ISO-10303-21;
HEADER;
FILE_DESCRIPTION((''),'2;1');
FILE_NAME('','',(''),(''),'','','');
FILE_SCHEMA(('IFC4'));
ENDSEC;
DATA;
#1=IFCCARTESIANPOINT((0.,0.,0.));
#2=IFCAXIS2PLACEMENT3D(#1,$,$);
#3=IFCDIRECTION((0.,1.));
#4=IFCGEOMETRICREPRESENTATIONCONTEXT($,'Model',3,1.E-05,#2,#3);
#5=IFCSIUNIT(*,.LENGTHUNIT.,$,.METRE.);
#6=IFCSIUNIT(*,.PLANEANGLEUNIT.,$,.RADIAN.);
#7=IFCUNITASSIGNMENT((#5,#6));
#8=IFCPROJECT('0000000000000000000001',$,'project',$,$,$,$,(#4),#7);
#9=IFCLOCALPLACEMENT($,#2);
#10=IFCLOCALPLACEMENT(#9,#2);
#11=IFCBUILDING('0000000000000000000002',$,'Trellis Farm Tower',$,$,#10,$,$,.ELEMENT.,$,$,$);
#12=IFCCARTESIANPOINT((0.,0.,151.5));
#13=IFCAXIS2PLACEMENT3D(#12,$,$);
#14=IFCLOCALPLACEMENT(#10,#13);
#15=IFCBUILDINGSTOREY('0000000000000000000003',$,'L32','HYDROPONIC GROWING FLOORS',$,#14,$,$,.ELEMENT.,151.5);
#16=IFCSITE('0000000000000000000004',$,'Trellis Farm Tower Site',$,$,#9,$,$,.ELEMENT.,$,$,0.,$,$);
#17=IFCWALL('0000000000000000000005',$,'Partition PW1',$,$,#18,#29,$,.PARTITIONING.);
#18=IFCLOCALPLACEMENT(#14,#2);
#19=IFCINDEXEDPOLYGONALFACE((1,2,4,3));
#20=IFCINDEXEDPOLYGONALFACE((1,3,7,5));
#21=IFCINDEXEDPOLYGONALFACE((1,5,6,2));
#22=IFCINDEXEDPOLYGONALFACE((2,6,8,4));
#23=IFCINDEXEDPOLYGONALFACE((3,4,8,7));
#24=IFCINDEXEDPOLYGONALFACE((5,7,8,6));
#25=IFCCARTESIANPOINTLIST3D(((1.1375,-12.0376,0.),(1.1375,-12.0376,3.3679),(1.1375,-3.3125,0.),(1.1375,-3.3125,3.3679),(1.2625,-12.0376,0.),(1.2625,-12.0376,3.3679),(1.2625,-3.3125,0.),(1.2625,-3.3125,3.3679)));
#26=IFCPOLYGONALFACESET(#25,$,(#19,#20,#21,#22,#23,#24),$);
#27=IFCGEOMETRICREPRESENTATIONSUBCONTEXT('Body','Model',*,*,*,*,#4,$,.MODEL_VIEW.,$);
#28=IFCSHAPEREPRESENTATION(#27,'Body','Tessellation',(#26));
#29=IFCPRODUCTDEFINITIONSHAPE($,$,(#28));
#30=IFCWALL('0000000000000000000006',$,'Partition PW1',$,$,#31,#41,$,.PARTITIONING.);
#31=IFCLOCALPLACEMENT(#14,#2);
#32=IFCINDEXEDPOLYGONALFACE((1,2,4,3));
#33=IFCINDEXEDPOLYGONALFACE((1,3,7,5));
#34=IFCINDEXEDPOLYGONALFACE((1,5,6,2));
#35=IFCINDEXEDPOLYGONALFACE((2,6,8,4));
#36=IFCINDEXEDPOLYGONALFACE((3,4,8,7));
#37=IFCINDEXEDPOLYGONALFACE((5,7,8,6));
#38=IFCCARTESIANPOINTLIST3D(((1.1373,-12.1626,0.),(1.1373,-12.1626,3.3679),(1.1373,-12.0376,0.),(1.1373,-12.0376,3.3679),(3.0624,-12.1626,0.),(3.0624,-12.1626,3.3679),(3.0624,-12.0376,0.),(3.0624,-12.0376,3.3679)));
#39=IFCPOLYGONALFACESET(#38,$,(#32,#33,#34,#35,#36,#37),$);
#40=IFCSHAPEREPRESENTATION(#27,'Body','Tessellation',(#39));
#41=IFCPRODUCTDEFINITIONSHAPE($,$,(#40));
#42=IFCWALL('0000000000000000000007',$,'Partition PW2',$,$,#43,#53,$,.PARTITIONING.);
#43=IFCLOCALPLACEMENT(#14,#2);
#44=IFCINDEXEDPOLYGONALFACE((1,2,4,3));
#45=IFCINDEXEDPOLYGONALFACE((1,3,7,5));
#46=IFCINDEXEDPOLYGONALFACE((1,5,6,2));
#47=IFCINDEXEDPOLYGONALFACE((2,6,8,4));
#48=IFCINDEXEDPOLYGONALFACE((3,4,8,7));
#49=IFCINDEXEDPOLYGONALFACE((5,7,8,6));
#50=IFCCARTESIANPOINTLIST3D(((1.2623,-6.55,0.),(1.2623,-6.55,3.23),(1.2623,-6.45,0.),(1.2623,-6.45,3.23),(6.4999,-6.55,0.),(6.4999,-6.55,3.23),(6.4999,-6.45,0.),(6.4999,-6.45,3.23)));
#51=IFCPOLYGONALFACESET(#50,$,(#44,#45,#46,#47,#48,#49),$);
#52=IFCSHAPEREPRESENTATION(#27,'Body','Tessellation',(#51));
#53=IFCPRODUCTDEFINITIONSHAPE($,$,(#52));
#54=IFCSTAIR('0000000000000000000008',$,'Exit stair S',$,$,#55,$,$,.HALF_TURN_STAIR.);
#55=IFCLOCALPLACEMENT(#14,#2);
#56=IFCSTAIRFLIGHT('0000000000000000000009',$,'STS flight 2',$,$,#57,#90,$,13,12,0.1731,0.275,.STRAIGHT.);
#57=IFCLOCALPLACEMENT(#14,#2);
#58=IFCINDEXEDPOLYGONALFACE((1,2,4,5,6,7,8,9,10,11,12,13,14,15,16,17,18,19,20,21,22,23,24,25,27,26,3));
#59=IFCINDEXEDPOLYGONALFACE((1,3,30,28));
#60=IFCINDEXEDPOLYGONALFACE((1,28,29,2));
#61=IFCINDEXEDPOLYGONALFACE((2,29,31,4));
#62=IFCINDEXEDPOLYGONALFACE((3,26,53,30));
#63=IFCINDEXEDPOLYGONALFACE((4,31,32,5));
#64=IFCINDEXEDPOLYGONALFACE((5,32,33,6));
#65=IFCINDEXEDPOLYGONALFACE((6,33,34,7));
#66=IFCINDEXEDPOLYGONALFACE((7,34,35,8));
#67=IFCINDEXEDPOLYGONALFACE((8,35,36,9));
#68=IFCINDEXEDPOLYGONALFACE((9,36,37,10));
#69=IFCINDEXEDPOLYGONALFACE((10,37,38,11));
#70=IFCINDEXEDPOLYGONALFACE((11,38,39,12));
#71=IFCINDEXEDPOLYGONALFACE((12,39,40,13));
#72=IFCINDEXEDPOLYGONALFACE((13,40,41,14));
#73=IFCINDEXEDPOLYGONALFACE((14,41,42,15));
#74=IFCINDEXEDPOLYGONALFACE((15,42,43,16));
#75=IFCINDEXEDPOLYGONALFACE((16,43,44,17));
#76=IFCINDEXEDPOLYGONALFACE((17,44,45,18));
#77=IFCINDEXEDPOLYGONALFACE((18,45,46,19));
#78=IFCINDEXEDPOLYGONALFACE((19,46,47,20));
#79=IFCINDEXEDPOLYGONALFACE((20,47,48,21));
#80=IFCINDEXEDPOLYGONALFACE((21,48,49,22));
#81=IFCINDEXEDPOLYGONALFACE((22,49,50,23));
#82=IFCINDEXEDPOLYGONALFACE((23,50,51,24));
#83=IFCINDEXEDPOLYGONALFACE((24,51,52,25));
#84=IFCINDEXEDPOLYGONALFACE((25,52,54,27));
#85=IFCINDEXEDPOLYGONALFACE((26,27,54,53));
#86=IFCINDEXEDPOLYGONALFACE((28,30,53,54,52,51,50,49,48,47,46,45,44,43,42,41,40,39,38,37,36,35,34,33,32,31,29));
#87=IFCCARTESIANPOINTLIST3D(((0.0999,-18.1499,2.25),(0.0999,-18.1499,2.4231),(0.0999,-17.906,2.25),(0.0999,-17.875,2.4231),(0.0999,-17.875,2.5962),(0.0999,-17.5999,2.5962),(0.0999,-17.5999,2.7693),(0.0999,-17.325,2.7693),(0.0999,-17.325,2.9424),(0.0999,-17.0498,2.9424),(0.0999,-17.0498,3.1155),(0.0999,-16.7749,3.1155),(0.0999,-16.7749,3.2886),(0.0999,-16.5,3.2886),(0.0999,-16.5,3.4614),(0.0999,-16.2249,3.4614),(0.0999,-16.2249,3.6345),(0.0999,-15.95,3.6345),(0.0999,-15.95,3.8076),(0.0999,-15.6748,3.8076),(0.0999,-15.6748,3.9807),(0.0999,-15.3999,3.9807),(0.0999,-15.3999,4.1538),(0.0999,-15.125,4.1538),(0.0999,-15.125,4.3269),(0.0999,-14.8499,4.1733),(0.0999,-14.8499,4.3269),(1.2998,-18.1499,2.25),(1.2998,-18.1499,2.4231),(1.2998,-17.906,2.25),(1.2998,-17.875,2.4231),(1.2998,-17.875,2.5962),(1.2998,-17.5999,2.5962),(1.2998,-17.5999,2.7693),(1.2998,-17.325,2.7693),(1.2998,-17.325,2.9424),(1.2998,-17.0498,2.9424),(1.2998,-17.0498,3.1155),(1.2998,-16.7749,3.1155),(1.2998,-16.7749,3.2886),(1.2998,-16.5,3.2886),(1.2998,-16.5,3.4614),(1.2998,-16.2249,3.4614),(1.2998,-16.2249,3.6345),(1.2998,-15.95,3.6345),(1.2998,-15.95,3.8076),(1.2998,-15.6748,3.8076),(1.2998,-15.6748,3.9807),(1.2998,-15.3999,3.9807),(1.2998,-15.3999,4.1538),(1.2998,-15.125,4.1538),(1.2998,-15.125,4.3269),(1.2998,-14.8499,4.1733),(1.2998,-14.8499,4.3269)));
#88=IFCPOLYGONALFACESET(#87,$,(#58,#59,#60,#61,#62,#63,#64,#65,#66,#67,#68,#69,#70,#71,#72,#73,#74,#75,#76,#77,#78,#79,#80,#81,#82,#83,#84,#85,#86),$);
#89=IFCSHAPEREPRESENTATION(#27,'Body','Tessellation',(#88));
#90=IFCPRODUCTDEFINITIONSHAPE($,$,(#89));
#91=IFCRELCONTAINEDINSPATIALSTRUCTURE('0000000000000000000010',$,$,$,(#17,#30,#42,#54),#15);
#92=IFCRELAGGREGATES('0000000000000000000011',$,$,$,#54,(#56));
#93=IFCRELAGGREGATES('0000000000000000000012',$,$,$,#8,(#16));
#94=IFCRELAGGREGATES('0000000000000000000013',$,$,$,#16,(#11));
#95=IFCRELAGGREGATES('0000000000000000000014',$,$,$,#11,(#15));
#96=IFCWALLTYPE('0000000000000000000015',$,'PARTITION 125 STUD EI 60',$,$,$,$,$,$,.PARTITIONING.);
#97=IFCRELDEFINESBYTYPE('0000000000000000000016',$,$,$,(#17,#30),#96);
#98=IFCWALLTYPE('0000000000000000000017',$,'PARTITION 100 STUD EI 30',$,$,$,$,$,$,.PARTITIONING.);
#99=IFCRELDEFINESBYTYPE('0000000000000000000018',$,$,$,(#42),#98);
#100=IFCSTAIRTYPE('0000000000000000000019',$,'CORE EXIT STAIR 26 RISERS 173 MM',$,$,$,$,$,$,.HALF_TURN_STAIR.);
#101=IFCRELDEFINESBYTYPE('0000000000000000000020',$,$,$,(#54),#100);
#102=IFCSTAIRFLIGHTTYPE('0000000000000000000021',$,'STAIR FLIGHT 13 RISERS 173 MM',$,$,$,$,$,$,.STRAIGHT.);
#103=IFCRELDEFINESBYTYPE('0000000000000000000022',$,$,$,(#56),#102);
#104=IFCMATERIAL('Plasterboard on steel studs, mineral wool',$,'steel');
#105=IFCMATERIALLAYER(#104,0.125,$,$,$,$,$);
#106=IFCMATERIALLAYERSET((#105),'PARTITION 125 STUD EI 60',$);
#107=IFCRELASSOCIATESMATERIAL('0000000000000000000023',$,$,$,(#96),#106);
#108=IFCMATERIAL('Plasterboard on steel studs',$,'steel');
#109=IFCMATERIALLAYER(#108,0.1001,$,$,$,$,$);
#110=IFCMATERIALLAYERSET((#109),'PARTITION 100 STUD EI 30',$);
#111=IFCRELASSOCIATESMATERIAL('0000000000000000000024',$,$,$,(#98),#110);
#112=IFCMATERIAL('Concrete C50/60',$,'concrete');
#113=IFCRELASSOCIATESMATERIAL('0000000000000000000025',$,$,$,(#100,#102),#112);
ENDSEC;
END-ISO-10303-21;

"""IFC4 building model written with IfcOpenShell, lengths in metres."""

from ifc_helpers import new_model, si_unit, direction, frame, frame_2d, origin, place, context, subcontext, project, spatial, polyline, rectangle, outline, extrude, source, transform, mapped, material, layer, layer_set, type_object, element, aggregate, save


model = new_model("IFC4")

# Units and contexts
model_context = context("Model", 3, precision=1e-05, world=origin(), true_north=direction((0.0, 1.0)))
body_context = subcontext(model_context, "Body", "Model", "MODEL_VIEW")
ifc_project = project(units=[si_unit("LENGTHUNIT", "METRE"), si_unit("PLANEANGLEUNIT", "RADIAN")], contexts=[model_context])

# Site, building, storey
site_placement = place(None, origin())
site = spatial("IfcSite", under=ifc_project, at=site_placement, Name="Trellis Farm Tower Site", CompositionType="ELEMENT", RefElevation=0.0)
building_placement = place(site_placement, origin())
building = spatial("IfcBuilding", under=site, at=building_placement, Name="Trellis Farm Tower", CompositionType="ELEMENT")
storey_placement = place(building_placement, frame((0.0, 0.0, 151.5)))
storey = spatial("IfcBuildingStorey", under=building, at=storey_placement, Name="L32", Description="HYDROPONIC GROWING FLOORS", CompositionType="ELEMENT", Elevation=151.5)

# Shared definitions
placement_1 = place(storey_placement, origin())

# Shared definitions
ifc_material_1 = material(Name="Plasterboard on steel studs, mineral wool", Category="steel")
ifc_layer_1 = layer(ifc_material_1, 0.125)
ifc_layer_set_1 = layer_set([ifc_layer_1], Name="PARTITION 125 STUD EI 60")
wall_type_1 = type_object("IfcWallType", Name="PARTITION 125 STUD EI 60", PredefinedType="PARTITIONING", material=ifc_layer_set_1)

# Walls
shared_shape_1 = source(origin(), body_context, "Body", "SweptSolid", [
    extrude(rectangle(XDim=8.7251, YDim=0.125, at=frame_2d((4.3625, 0.0))), origin(), (0.0, 0.0, 1.0), 3.3679),
])
wall_1_placement = place(storey_placement, frame((1.2, -3.3125, 0.0), z_axis=(0.0, 0.0, 1.0), x_axis=(0.0, -1.0, 0.0)))
element("IfcWall", 1, at=wall_1_placement, inside=storey, type_object=wall_type_1, Name="Partition PW1", PredefinedType="PARTITIONING", context=body_context, shape_type="MappedRepresentation", body=[
    mapped(shared_shape_1, transform((0.0, 0.0, 0.0))),
])
shared_shape_2 = source(origin(), body_context, "Body", "SweptSolid", [
    extrude(rectangle(XDim=1.925, YDim=0.125, at=frame_2d((0.9624, 0.0))), origin(), (0.0, 0.0, 1.0), 3.3679),
])
wall_2_placement = place(storey_placement, frame((1.1375, -12.1001, 0.0), z_axis=(0.0, 0.0, 1.0), x_axis=(1.0, 0.0, 0.0)))
element("IfcWall", 2, at=wall_2_placement, inside=storey, type_object=wall_type_1, Name="Partition PW1", PredefinedType="PARTITIONING", context=body_context, shape_type="MappedRepresentation", body=[
    mapped(shared_shape_2, transform((0.0, 0.0, 0.0))),
])
ifc_material_2 = material(Name="Plasterboard on steel studs", Category="steel")
ifc_layer_2 = layer(ifc_material_2, 0.1001)
ifc_layer_set_2 = layer_set([ifc_layer_2], Name="PARTITION 100 STUD EI 30")
wall_type_2 = type_object("IfcWallType", Name="PARTITION 100 STUD EI 30", PredefinedType="PARTITIONING", material=ifc_layer_set_2)
shared_shape_3 = source(origin(), body_context, "Body", "SweptSolid", [
    extrude(rectangle(XDim=5.2375, YDim=0.1001, at=frame_2d((2.6187, 0.0))), origin(), (0.0, 0.0, 1.0), 3.23),
])
wall_3_placement = place(storey_placement, frame((1.2625, -6.5, 0.0), z_axis=(0.0, 0.0, 1.0), x_axis=(1.0, 0.0, 0.0)))
element("IfcWall", 3, at=wall_3_placement, inside=storey, type_object=wall_type_2, Name="Partition PW2", PredefinedType="PARTITIONING", context=body_context, shape_type="MappedRepresentation", body=[
    mapped(shared_shape_3, transform((0.0, 0.0, 0.0))),
])

# Stair, stair flight
ifc_material_3 = material(Name="Concrete C50/60", Category="concrete")
stair_type = type_object("IfcStairType", Name="CORE EXIT STAIR 26 RISERS 173 MM", PredefinedType="HALF_TURN_STAIR", material=ifc_material_3)
stair = element("IfcStair", 4, at=placement_1, inside=storey, type_object=stair_type, Name="Exit stair S", PredefinedType="HALF_TURN_STAIR")
stair_flight_type = type_object("IfcStairFlightType", Name="STAIR FLIGHT 13 RISERS 173 MM", PredefinedType="STRAIGHT", material=ifc_material_3)
shared_shape_4 = source(origin(), body_context, "Body", "SweptSolid", [
    extrude(outline(polyline([(0.0, 0.0), (0.0, 0.1731), (0.2749, 0.1731), (0.2749, 0.3462), (0.55, 0.3462), (0.55, 0.5193), (0.825, 0.5193), (0.825, 0.6924), (1.1001, 0.6924), (1.1001, 0.8655), (1.375, 0.8655), (1.375, 1.0386), (1.6499, 1.0386), (1.6499, 1.2114), (1.925, 1.2114), (1.925, 1.3845), (2.2, 1.3845), (2.2, 1.5576), (2.4751, 1.5576), (2.4751, 1.7307), (2.75, 1.7307), (2.75, 1.9038), (3.0249, 1.9038), (3.0249, 2.0769), (3.3, 2.0769), (3.3, 2.25), (3.3, 1.9233), (0.2439, 0.0), (0.0, 0.0)])), frame((0.0, 0.6001, 0.0), z_axis=(0.0, -1.0, 0.0), x_axis=(1.0, 0.0, 0.0)), (0.0, 0.0, 1.0), 1.2),
])
stair_flight_placement = place(storey_placement, frame((0.7, -18.1499, 2.25), z_axis=(0.0, 0.0, 1.0), x_axis=(0.0, 1.0, 0.0)))
stair_flight = element("IfcStairFlight", 5, at=stair_flight_placement, type_object=stair_flight_type, Name="STS flight 2", NumberOfRisers=13, NumberOfTreads=12, PredefinedType="STRAIGHT", RiserHeight=0.1731, TreadLength=0.275, context=body_context, shape_type="MappedRepresentation", body=[
    mapped(shared_shape_4, transform((0.0, 0.0, 0.0))),
])
aggregate(stair, [stair_flight])

save(model, "model.ifc")
